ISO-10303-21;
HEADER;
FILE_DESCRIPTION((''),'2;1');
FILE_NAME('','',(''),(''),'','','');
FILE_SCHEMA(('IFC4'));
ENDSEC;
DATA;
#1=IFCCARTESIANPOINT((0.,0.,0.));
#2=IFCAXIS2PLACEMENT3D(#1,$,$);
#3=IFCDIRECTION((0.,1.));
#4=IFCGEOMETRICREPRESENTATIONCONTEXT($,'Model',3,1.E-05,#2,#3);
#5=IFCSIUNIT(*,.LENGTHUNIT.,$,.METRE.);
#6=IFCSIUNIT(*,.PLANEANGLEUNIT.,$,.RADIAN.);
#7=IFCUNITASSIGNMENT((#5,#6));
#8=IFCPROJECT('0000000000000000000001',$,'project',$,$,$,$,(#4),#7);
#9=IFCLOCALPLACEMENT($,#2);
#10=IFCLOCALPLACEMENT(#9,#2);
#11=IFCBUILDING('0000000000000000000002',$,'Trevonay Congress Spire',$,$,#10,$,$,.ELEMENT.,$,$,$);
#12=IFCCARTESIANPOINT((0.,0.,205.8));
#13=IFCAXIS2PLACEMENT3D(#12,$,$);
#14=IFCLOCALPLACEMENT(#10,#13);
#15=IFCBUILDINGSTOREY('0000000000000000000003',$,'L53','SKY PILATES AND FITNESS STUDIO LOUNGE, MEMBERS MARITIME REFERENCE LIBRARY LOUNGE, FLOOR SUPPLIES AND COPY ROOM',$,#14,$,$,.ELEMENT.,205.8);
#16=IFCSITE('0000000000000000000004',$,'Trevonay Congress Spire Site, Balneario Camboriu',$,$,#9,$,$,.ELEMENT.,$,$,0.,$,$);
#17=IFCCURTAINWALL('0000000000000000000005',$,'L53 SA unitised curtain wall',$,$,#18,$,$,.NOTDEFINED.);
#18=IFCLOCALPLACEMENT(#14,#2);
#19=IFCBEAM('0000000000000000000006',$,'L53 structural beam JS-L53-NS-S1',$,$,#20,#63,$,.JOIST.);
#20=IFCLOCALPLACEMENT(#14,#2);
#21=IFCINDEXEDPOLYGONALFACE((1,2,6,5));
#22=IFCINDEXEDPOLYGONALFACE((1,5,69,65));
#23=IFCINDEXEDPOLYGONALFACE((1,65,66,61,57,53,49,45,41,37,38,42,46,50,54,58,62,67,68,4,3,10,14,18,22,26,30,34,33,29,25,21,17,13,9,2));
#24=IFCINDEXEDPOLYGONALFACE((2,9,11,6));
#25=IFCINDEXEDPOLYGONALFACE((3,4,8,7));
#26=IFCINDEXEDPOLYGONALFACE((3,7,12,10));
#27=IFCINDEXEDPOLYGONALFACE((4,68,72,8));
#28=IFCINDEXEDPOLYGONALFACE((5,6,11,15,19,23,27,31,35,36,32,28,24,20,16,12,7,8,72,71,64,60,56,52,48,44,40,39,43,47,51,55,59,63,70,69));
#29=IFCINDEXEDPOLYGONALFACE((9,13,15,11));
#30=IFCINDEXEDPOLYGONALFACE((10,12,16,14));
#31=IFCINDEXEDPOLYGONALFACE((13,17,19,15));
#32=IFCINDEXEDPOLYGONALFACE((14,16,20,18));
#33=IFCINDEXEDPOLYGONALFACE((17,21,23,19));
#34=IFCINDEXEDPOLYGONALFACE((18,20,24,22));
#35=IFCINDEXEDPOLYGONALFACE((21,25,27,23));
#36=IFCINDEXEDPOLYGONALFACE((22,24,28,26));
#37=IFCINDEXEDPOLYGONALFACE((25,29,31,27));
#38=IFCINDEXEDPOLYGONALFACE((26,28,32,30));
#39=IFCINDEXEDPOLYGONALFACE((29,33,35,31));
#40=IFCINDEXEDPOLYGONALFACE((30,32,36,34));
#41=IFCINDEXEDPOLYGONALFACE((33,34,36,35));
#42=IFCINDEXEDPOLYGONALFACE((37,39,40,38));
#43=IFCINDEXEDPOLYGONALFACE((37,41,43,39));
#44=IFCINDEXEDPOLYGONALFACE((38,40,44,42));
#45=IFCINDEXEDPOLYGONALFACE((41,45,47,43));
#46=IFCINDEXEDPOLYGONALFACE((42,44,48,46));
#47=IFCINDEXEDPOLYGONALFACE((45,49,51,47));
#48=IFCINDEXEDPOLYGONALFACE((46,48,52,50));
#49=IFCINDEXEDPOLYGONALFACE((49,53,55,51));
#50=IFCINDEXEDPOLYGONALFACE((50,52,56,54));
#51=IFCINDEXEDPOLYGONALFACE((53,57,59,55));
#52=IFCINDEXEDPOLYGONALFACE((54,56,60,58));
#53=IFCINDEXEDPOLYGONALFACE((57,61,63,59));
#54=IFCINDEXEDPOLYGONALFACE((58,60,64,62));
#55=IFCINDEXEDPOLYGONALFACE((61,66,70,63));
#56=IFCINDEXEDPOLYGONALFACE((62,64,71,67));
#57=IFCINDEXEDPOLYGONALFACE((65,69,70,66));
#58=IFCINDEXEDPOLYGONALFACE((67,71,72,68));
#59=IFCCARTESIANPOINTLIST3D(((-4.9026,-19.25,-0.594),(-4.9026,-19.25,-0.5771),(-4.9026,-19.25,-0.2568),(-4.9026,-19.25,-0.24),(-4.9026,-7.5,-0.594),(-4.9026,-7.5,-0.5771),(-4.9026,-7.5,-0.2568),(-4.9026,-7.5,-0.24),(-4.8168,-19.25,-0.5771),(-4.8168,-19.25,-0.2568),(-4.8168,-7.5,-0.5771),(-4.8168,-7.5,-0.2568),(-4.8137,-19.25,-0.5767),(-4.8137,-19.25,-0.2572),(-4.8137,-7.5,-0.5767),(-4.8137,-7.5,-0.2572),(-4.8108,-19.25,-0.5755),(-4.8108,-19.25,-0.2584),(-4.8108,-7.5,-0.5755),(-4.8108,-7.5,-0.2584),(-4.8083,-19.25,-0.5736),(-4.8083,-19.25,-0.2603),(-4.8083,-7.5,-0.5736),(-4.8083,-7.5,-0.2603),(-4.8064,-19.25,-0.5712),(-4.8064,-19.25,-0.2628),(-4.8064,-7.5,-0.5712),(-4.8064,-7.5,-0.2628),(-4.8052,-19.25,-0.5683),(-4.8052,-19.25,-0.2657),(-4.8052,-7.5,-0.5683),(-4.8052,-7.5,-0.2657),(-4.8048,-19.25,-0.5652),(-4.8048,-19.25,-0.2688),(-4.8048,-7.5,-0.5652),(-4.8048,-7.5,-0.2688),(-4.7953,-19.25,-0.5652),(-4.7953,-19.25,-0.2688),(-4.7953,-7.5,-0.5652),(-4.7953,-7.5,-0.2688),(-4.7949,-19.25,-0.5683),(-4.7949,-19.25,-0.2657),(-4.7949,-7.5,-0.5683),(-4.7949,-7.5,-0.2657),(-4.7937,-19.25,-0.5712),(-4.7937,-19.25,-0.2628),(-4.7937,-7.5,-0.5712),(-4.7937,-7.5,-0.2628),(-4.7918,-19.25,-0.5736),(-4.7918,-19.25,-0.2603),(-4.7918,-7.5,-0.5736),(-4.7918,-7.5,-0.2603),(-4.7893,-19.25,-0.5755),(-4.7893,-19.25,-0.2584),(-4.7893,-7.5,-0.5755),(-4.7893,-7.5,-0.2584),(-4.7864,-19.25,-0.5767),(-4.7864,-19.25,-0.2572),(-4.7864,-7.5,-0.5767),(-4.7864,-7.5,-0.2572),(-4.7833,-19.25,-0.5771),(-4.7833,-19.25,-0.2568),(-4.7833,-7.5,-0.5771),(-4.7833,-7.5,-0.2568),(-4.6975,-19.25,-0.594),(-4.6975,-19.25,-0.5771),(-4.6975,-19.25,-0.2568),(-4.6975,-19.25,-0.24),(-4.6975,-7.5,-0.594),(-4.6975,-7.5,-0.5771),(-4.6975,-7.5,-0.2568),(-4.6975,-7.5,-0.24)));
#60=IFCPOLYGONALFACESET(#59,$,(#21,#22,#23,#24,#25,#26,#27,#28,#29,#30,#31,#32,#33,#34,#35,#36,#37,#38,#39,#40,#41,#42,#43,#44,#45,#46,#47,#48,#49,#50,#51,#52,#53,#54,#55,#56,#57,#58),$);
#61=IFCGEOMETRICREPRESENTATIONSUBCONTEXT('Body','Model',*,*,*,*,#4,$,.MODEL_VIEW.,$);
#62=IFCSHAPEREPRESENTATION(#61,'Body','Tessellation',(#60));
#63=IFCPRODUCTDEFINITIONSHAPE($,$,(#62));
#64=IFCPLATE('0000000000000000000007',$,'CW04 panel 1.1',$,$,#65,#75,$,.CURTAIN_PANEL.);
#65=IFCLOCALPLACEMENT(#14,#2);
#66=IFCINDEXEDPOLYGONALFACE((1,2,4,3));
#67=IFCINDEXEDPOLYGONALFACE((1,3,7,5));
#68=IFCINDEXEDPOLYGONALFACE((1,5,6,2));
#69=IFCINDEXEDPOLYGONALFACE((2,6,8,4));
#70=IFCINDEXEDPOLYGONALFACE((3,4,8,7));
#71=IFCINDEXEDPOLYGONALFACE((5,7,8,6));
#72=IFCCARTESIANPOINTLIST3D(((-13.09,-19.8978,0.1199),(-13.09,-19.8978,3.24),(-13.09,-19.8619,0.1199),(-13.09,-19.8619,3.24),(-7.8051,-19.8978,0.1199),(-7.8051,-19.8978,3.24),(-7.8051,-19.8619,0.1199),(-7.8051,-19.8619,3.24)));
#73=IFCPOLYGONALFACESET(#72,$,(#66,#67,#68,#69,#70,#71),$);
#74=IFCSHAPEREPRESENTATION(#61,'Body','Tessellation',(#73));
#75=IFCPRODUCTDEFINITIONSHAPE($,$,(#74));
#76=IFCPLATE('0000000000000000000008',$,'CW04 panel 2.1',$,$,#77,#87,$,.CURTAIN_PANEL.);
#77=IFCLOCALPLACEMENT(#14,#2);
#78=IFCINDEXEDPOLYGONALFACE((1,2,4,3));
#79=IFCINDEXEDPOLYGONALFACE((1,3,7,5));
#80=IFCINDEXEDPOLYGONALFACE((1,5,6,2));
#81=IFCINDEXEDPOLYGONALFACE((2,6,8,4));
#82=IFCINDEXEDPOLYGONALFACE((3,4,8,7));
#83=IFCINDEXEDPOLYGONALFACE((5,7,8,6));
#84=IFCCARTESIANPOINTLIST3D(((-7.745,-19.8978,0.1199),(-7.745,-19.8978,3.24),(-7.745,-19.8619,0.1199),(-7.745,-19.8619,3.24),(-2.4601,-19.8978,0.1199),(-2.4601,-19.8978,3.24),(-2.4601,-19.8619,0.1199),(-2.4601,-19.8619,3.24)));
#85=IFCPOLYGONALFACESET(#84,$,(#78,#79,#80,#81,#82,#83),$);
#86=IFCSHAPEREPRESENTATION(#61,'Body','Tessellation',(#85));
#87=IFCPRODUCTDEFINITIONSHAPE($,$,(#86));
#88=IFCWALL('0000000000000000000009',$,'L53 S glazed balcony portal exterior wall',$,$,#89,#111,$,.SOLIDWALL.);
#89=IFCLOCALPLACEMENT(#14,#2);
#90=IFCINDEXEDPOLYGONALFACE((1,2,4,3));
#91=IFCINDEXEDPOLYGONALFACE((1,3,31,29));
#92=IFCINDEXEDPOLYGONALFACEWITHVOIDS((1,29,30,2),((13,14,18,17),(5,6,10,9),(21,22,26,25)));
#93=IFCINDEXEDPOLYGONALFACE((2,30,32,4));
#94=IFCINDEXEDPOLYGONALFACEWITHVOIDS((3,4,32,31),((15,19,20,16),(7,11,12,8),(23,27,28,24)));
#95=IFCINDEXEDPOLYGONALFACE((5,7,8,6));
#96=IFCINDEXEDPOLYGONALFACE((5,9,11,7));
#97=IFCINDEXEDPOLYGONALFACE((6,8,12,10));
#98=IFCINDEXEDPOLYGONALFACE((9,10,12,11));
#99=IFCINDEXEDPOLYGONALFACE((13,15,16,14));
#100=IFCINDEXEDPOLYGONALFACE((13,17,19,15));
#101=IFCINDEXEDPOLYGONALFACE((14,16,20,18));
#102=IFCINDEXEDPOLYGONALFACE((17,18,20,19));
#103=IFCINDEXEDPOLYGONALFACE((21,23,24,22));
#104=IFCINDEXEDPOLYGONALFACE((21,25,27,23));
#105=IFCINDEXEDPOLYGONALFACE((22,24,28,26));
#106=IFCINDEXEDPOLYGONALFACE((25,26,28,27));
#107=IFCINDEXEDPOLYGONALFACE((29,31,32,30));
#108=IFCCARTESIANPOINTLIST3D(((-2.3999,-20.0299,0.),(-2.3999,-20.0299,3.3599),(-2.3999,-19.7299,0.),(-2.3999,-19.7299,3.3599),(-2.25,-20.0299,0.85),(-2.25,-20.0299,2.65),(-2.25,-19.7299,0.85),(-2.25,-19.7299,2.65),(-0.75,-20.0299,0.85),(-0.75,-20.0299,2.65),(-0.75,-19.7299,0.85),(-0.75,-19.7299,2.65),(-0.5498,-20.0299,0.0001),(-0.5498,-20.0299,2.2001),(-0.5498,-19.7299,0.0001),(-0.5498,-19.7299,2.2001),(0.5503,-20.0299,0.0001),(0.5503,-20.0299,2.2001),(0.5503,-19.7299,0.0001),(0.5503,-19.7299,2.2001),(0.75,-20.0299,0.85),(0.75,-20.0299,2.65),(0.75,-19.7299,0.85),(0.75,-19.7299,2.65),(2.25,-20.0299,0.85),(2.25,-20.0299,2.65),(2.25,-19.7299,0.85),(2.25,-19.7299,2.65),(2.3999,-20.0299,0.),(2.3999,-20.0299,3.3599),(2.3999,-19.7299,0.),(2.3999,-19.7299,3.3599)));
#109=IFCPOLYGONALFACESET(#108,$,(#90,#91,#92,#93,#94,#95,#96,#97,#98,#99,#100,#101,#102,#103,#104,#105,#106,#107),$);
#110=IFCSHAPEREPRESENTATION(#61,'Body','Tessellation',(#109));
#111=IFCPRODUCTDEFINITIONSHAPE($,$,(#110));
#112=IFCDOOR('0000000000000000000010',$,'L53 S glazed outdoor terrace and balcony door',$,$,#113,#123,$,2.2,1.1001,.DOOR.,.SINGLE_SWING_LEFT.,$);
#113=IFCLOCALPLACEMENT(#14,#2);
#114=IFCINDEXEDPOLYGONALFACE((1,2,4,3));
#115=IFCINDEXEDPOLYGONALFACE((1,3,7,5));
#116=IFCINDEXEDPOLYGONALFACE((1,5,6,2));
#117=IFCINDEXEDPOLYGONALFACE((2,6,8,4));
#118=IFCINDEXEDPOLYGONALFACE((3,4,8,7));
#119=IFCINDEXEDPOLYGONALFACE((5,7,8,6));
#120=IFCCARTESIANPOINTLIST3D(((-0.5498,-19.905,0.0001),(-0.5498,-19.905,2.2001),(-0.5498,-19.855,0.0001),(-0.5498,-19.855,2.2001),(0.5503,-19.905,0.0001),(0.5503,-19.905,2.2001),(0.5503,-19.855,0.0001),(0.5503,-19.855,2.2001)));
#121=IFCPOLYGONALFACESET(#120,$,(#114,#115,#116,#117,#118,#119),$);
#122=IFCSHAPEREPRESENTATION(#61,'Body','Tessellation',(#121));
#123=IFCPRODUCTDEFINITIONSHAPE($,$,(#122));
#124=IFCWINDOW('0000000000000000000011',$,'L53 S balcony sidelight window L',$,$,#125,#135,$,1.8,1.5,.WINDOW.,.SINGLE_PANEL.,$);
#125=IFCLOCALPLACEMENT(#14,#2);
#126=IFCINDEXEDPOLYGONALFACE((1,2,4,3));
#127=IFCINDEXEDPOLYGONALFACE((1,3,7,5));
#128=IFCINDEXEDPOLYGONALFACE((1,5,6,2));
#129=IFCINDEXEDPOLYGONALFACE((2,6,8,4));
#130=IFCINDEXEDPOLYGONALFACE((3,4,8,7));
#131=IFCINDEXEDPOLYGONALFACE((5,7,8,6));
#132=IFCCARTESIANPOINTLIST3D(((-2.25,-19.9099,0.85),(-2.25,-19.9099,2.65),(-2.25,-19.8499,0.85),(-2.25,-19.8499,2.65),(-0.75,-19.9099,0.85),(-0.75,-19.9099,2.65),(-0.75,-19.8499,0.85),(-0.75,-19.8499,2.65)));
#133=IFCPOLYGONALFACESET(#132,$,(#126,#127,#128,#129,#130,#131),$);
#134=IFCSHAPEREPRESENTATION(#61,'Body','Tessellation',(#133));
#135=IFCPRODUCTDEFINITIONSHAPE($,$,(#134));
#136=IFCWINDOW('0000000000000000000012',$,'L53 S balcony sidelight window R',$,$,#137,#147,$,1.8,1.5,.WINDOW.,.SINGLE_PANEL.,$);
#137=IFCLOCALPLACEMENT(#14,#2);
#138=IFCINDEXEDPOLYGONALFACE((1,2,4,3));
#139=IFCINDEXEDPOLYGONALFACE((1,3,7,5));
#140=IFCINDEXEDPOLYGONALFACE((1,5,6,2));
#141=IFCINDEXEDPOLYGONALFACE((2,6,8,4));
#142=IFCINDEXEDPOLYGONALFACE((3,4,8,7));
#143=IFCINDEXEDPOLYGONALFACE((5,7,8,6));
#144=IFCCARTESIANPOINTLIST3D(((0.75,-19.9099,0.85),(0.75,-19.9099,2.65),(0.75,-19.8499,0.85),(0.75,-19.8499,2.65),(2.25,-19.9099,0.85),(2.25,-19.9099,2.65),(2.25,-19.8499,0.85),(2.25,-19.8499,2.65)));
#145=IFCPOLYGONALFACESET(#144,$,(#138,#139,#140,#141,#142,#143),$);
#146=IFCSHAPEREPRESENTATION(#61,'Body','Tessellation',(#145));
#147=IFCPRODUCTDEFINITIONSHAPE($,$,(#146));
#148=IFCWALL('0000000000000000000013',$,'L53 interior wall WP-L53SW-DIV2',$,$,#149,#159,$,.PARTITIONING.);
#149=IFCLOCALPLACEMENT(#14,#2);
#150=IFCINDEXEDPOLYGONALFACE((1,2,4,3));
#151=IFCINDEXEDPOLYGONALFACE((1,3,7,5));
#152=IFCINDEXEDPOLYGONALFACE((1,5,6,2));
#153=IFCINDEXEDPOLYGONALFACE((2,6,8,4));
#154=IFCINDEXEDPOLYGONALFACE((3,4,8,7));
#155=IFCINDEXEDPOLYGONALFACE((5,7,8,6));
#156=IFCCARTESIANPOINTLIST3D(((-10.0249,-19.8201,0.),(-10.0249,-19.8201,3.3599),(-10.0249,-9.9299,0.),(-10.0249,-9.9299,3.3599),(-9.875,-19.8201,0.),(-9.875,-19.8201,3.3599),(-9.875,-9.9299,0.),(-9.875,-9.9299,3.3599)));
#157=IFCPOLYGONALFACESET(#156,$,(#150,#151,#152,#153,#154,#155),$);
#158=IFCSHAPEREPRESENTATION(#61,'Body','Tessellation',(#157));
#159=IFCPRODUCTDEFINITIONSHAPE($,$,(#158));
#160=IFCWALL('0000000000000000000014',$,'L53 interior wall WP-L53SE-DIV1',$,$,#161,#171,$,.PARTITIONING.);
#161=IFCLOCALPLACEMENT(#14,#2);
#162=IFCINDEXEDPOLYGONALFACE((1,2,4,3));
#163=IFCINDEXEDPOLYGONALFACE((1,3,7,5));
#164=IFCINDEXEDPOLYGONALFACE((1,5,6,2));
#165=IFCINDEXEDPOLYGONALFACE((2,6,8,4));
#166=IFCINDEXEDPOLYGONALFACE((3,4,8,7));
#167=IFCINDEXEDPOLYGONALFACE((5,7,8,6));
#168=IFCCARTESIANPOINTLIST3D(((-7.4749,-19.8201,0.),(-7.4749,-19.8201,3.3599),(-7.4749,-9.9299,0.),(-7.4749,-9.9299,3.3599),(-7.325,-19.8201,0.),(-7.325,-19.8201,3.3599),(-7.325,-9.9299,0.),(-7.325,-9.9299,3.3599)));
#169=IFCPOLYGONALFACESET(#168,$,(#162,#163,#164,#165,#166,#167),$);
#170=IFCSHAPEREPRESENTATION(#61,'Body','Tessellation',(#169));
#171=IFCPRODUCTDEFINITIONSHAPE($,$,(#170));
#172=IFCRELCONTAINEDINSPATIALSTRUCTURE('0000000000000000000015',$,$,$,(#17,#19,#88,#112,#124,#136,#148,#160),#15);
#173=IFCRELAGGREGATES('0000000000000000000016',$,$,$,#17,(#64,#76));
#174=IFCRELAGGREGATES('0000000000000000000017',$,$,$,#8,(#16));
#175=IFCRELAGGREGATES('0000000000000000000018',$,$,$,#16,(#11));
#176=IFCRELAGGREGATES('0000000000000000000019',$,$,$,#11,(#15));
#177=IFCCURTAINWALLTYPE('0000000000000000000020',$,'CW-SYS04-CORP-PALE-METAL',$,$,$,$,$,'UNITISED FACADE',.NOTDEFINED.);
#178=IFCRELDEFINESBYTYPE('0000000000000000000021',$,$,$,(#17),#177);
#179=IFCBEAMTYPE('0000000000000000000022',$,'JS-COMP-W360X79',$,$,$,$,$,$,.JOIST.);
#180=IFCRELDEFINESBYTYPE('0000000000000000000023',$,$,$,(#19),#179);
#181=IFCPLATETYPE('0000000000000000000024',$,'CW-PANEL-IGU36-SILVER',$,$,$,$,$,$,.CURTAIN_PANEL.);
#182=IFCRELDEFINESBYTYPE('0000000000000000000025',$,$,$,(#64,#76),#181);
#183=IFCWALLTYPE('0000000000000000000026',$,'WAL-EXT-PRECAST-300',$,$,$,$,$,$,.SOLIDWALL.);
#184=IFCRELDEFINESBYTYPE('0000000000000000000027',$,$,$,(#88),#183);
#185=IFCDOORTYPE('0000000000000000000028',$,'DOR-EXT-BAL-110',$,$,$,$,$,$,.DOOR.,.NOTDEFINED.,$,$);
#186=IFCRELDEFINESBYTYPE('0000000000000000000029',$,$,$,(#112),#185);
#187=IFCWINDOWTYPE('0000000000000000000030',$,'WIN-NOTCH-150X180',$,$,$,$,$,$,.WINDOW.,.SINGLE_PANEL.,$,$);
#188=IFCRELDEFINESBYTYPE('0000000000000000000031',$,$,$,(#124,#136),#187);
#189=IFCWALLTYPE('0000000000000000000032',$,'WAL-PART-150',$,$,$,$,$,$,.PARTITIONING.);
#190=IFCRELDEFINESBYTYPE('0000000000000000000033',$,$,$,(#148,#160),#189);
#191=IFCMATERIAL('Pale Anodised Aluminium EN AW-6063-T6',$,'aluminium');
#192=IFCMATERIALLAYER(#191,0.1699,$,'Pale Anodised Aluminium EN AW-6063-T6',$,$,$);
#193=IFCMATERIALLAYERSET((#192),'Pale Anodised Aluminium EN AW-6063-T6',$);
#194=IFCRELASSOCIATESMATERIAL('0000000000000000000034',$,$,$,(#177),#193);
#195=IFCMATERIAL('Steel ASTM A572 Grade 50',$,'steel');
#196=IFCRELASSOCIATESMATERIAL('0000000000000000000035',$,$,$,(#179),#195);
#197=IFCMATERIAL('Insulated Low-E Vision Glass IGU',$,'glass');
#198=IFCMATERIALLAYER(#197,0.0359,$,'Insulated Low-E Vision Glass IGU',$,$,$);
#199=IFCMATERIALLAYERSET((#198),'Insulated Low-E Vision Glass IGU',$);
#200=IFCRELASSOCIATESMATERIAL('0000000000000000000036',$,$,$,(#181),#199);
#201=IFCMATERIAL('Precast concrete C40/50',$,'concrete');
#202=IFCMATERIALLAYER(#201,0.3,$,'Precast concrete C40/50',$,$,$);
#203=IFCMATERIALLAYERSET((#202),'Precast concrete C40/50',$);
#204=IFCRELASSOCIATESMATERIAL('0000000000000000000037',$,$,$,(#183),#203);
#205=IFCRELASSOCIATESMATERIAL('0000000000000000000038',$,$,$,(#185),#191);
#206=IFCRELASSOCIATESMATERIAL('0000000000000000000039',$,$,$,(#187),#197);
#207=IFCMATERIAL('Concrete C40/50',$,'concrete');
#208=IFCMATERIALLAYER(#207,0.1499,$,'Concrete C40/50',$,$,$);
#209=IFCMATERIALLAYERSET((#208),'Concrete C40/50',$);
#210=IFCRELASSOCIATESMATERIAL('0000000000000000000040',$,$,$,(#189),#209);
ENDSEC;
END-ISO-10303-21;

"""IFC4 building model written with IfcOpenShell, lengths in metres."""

from ifc_helpers import new_model, si_unit, direction, frame, frame_2d, origin, origin_2d, place, context, subcontext, project, spatial, rectangle, i_section, extrude, material, layer, layer_set, material_profile, profile_set, type_object, element, fill, aggregate, save


model = new_model("IFC4")

# Units and contexts
model_context = context("Model", 3, precision=1e-05, world=origin(), true_north=direction((0.0, 1.0)))
body_context = subcontext(model_context, "Body", "Model", "MODEL_VIEW")
ifc_project = project(units=[si_unit("LENGTHUNIT", "METRE"), si_unit("PLANEANGLEUNIT", "RADIAN")], contexts=[model_context])

# Site, building, storey
site_placement = place(None, origin())
site = spatial("IfcSite", under=ifc_project, at=site_placement, Name="Trevonay Congress Spire Site, Balneario Camboriu", CompositionType="ELEMENT", RefElevation=0.0)
building_placement = place(site_placement, origin())
building = spatial("IfcBuilding", under=site, at=building_placement, Name="Trevonay Congress Spire", CompositionType="ELEMENT")
storey_placement = place(building_placement, frame((0.0, 0.0, 205.8)))
storey = spatial("IfcBuildingStorey", under=building, at=storey_placement, Name="L53", Description="SKY PILATES AND FITNESS STUDIO LOUNGE, MEMBERS MARITIME REFERENCE LIBRARY LOUNGE, FLOOR SUPPLIES AND COPY ROOM", CompositionType="ELEMENT", Elevation=205.8)

# Shared definitions
ifc_material_1 = material(Name="Steel ASTM A572 Grade 50", Category="steel")

# Curtain wall
ifc_material_2 = material(Name="Pale Anodised Aluminium EN AW-6063-T6", Category="aluminium")
ifc_layer_1 = layer(ifc_material_2, 0.1699, Name="Pale Anodised Aluminium EN AW-6063-T6")
ifc_layer_set_1 = layer_set([ifc_layer_1], Name="Pale Anodised Aluminium EN AW-6063-T6")
curtain_wall_type = type_object("IfcCurtainWallType", Name="CW-SYS04-CORP-PALE-METAL", ElementType="UNITISED FACADE", PredefinedType="NOTDEFINED", material=ifc_layer_set_1)
curtain_wall_placement = place(storey_placement, origin())
curtain_wall = element("IfcCurtainWall", 1, at=curtain_wall_placement, inside=storey, type_object=curtain_wall_type, Name="L53 SA unitised curtain wall", PredefinedType="NOTDEFINED")

# Beam
ifc_material_profile_1 = material_profile(ifc_material_1, i_section(OverallWidth=0.2051, OverallDepth=0.354, WebThickness=0.0095, FlangeThickness=0.0168, FilletRadius=0.012, at=origin_2d()), Name="W360x79")
ifc_profile_set_1 = profile_set([ifc_material_profile_1], Name="Steel ASTM A572 Grade 50")
beam_type_1 = type_object("IfcBeamType", Name="JS-COMP-W360X79", PredefinedType="JOIST", material=ifc_profile_set_1)
beam_1_placement = place(storey_placement, frame((-4.8, -19.25, -0.417), z_axis=(0.0, 1.0, 0.0), x_axis=(-1.0, 0.0, 0.0)))
element("IfcBeam", 2, at=beam_1_placement, inside=storey, type_object=beam_type_1, Name="L53 structural beam JS-L53-NS-S1", PredefinedType="JOIST", context=body_context, shape_type="SweptSolid", body=[
    extrude(i_section(OverallWidth=0.2051, OverallDepth=0.354, WebThickness=0.0095, FlangeThickness=0.0168, FilletRadius=0.012, at=origin_2d()), origin(), (0.0, 0.0, 1.0), 11.75),
])

# Plates
ifc_material_3 = material(Name="Insulated Low-E Vision Glass IGU", Category="glass")
ifc_layer_2 = layer(ifc_material_3, 0.0359, Name="Insulated Low-E Vision Glass IGU")
ifc_layer_set_2 = layer_set([ifc_layer_2], Name="Insulated Low-E Vision Glass IGU")
plate_type = type_object("IfcPlateType", Name="CW-PANEL-IGU36-SILVER", PredefinedType="CURTAIN_PANEL", material=ifc_layer_set_2)
plate_1_placement = place(storey_placement, frame((-10.4475, -19.8799, 0.1199), z_axis=(0.0, 0.0, 1.0), x_axis=(1.0, 0.0, 0.0)))
plate_1 = element("IfcPlate", 3, at=plate_1_placement, type_object=plate_type, Name="CW04 panel 1.1", PredefinedType="CURTAIN_PANEL", context=body_context, shape_type="SweptSolid", body=[
    extrude(rectangle(XDim=5.2849, YDim=0.0359, at=origin_2d()), origin(), (0.0, 0.0, 1.0), 3.1201),
])
plate_2_placement = place(storey_placement, frame((-5.1025, -19.8799, 0.1199), z_axis=(0.0, 0.0, 1.0), x_axis=(1.0, 0.0, 0.0)))
plate_2 = element("IfcPlate", 4, at=plate_2_placement, type_object=plate_type, Name="CW04 panel 2.1", PredefinedType="CURTAIN_PANEL", context=body_context, shape_type="SweptSolid", body=[
    extrude(rectangle(XDim=5.2849, YDim=0.0359, at=origin_2d()), origin(), (0.0, 0.0, 1.0), 3.1201),
])
aggregate(curtain_wall, [plate_1, plate_2])

# Wall, openings, door, windows
ifc_material_4 = material(Name="Precast concrete C40/50", Category="concrete")
ifc_layer_3 = layer(ifc_material_4, 0.3, Name="Precast concrete C40/50")
ifc_layer_set_3 = layer_set([ifc_layer_3], Name="Precast concrete C40/50")
wall_type_1 = type_object("IfcWallType", Name="WAL-EXT-PRECAST-300", PredefinedType="SOLIDWALL", material=ifc_layer_set_3)
wall_1_placement = place(storey_placement, frame((-2.3999, -19.8799, 0.0), z_axis=(0.0, 0.0, 1.0), x_axis=(1.0, 0.0, 0.0)))
wall_1 = element("IfcWall", 5, at=wall_1_placement, inside=storey, type_object=wall_type_1, Name="L53 S glazed balcony portal exterior wall", PredefinedType="SOLIDWALL", context=body_context, shape_type="SweptSolid", body=[
    extrude(rectangle(XDim=4.7998, YDim=0.3, at=frame_2d((2.3999, 0.0))), origin(), (0.0, 0.0, 1.0), 3.3599),
])
opening_1_placement = place(wall_1_placement, frame((1.8501, 0.0, 0.0)))
opening_1 = element("IfcOpeningElement", 6, at=opening_1_placement, cuts=wall_1, PredefinedType="OPENING", context=body_context, shape_type="SweptSolid", body=[
    extrude(rectangle(XDim=1.1001, YDim=2.2, at=frame_2d((0.55, 1.1001))), frame((0.0, 0.1602, 0.0), z_axis=(0.0, -1.0, 0.0), x_axis=(1.0, 0.0, 0.0)), (0.0, 0.0, 1.0), 0.3201),
])
opening_2_placement = place(wall_1_placement, frame((0.1499, 0.0, 0.8501)))
opening_2 = element("IfcOpeningElement", 7, at=opening_2_placement, cuts=wall_1, PredefinedType="OPENING", context=body_context, shape_type="SweptSolid", body=[
    extrude(rectangle(XDim=1.5, YDim=1.8, at=frame_2d((0.75, 0.8999))), frame((0.0, 0.1602, 0.0), z_axis=(0.0, -1.0, 0.0), x_axis=(1.0, 0.0, 0.0)), (0.0, 0.0, 1.0), 0.3201),
])
opening_3_placement = place(wall_1_placement, frame((3.1499, 0.0, 0.8501)))
opening_3 = element("IfcOpeningElement", 8, at=opening_3_placement, cuts=wall_1, PredefinedType="OPENING", context=body_context, shape_type="SweptSolid", body=[
    extrude(rectangle(XDim=1.5, YDim=1.8, at=frame_2d((0.75, 0.8999))), frame((0.0, 0.1602, 0.0), z_axis=(0.0, -1.0, 0.0), x_axis=(1.0, 0.0, 0.0)), (0.0, 0.0, 1.0), 0.3201),
])
door_type = type_object("IfcDoorType", Name="DOR-EXT-BAL-110", OperationType="NOTDEFINED", PredefinedType="DOOR", material=ifc_material_2)
door_placement = place(opening_1_placement, origin())
door = element("IfcDoor", 9, at=door_placement, inside=storey, type_object=door_type, Name="L53 S glazed outdoor terrace and balcony door", OperationType="SINGLE_SWING_LEFT", OverallHeight=2.2, OverallWidth=1.1001, PredefinedType="DOOR", context=body_context, shape_type="SweptSolid", body=[
    extrude(rectangle(XDim=1.1001, YDim=2.2, at=frame_2d((0.55, 1.1001))), frame((0.0, 0.0249, 0.0), z_axis=(0.0, -1.0, 0.0), x_axis=(1.0, 0.0, 0.0)), (0.0, 0.0, 1.0), 0.05),
])
fill(opening_1, door)
window_type = type_object("IfcWindowType", Name="WIN-NOTCH-150X180", PartitioningType="SINGLE_PANEL", PredefinedType="WINDOW", material=ifc_material_3)
window_1_placement = place(opening_2_placement, origin())
window_1 = element("IfcWindow", 10, at=window_1_placement, inside=storey, type_object=window_type, Name="L53 S balcony sidelight window L", OverallHeight=1.8, OverallWidth=1.5, PartitioningType="SINGLE_PANEL", PredefinedType="WINDOW", context=body_context, shape_type="SweptSolid", body=[
    extrude(rectangle(XDim=1.5, YDim=1.8, at=frame_2d((0.75, 0.8999))), frame((0.0, 0.03, 0.0), z_axis=(0.0, -1.0, 0.0), x_axis=(1.0, 0.0, 0.0)), (0.0, 0.0, 1.0), 0.0601),
])
fill(opening_2, window_1)
window_2_placement = place(opening_3_placement, origin())
window_2 = element("IfcWindow", 11, at=window_2_placement, inside=storey, type_object=window_type, Name="L53 S balcony sidelight window R", OverallHeight=1.8, OverallWidth=1.5, PartitioningType="SINGLE_PANEL", PredefinedType="WINDOW", context=body_context, shape_type="SweptSolid", body=[
    extrude(rectangle(XDim=1.5, YDim=1.8, at=frame_2d((0.75, 0.8999))), frame((0.0, 0.03, 0.0), z_axis=(0.0, -1.0, 0.0), x_axis=(1.0, 0.0, 0.0)), (0.0, 0.0, 1.0), 0.0601),
])
fill(opening_3, window_2)

# Walls
ifc_material_5 = material(Name="Concrete C40/50", Category="concrete")
ifc_layer_4 = layer(ifc_material_5, 0.1499, Name="Concrete C40/50")
ifc_layer_set_4 = layer_set([ifc_layer_4], Name="Concrete C40/50")
wall_type_2 = type_object("IfcWallType", Name="WAL-PART-150", PredefinedType="PARTITIONING", material=ifc_layer_set_4)
for number, where, z_axis, x_axis, name in (
    (12, (-9.95, -19.8201, 0.0), (0.0, 0.0, 1.0), (0.0, 1.0, 0.0), "L53 interior wall WP-L53SW-DIV2"),
    (13, (-7.3999, -19.8201, 0.0), (0.0, 0.0, 1.0), (0.0, 1.0, 0.0), "L53 interior wall WP-L53SE-DIV1"),
):
    element("IfcWall", number, at=place(storey_placement, frame(where, z_axis=z_axis, x_axis=x_axis)), inside=storey, type_object=wall_type_2, Name=name, PredefinedType="PARTITIONING", context=body_context, shape_type="SweptSolid", body=[
        extrude(rectangle(XDim=9.8901, YDim=0.1499, at=frame_2d((4.9451, 0.0))), origin(), (0.0, 0.0, 1.0), 3.3599),
    ])

save(model, "model.ifc")
